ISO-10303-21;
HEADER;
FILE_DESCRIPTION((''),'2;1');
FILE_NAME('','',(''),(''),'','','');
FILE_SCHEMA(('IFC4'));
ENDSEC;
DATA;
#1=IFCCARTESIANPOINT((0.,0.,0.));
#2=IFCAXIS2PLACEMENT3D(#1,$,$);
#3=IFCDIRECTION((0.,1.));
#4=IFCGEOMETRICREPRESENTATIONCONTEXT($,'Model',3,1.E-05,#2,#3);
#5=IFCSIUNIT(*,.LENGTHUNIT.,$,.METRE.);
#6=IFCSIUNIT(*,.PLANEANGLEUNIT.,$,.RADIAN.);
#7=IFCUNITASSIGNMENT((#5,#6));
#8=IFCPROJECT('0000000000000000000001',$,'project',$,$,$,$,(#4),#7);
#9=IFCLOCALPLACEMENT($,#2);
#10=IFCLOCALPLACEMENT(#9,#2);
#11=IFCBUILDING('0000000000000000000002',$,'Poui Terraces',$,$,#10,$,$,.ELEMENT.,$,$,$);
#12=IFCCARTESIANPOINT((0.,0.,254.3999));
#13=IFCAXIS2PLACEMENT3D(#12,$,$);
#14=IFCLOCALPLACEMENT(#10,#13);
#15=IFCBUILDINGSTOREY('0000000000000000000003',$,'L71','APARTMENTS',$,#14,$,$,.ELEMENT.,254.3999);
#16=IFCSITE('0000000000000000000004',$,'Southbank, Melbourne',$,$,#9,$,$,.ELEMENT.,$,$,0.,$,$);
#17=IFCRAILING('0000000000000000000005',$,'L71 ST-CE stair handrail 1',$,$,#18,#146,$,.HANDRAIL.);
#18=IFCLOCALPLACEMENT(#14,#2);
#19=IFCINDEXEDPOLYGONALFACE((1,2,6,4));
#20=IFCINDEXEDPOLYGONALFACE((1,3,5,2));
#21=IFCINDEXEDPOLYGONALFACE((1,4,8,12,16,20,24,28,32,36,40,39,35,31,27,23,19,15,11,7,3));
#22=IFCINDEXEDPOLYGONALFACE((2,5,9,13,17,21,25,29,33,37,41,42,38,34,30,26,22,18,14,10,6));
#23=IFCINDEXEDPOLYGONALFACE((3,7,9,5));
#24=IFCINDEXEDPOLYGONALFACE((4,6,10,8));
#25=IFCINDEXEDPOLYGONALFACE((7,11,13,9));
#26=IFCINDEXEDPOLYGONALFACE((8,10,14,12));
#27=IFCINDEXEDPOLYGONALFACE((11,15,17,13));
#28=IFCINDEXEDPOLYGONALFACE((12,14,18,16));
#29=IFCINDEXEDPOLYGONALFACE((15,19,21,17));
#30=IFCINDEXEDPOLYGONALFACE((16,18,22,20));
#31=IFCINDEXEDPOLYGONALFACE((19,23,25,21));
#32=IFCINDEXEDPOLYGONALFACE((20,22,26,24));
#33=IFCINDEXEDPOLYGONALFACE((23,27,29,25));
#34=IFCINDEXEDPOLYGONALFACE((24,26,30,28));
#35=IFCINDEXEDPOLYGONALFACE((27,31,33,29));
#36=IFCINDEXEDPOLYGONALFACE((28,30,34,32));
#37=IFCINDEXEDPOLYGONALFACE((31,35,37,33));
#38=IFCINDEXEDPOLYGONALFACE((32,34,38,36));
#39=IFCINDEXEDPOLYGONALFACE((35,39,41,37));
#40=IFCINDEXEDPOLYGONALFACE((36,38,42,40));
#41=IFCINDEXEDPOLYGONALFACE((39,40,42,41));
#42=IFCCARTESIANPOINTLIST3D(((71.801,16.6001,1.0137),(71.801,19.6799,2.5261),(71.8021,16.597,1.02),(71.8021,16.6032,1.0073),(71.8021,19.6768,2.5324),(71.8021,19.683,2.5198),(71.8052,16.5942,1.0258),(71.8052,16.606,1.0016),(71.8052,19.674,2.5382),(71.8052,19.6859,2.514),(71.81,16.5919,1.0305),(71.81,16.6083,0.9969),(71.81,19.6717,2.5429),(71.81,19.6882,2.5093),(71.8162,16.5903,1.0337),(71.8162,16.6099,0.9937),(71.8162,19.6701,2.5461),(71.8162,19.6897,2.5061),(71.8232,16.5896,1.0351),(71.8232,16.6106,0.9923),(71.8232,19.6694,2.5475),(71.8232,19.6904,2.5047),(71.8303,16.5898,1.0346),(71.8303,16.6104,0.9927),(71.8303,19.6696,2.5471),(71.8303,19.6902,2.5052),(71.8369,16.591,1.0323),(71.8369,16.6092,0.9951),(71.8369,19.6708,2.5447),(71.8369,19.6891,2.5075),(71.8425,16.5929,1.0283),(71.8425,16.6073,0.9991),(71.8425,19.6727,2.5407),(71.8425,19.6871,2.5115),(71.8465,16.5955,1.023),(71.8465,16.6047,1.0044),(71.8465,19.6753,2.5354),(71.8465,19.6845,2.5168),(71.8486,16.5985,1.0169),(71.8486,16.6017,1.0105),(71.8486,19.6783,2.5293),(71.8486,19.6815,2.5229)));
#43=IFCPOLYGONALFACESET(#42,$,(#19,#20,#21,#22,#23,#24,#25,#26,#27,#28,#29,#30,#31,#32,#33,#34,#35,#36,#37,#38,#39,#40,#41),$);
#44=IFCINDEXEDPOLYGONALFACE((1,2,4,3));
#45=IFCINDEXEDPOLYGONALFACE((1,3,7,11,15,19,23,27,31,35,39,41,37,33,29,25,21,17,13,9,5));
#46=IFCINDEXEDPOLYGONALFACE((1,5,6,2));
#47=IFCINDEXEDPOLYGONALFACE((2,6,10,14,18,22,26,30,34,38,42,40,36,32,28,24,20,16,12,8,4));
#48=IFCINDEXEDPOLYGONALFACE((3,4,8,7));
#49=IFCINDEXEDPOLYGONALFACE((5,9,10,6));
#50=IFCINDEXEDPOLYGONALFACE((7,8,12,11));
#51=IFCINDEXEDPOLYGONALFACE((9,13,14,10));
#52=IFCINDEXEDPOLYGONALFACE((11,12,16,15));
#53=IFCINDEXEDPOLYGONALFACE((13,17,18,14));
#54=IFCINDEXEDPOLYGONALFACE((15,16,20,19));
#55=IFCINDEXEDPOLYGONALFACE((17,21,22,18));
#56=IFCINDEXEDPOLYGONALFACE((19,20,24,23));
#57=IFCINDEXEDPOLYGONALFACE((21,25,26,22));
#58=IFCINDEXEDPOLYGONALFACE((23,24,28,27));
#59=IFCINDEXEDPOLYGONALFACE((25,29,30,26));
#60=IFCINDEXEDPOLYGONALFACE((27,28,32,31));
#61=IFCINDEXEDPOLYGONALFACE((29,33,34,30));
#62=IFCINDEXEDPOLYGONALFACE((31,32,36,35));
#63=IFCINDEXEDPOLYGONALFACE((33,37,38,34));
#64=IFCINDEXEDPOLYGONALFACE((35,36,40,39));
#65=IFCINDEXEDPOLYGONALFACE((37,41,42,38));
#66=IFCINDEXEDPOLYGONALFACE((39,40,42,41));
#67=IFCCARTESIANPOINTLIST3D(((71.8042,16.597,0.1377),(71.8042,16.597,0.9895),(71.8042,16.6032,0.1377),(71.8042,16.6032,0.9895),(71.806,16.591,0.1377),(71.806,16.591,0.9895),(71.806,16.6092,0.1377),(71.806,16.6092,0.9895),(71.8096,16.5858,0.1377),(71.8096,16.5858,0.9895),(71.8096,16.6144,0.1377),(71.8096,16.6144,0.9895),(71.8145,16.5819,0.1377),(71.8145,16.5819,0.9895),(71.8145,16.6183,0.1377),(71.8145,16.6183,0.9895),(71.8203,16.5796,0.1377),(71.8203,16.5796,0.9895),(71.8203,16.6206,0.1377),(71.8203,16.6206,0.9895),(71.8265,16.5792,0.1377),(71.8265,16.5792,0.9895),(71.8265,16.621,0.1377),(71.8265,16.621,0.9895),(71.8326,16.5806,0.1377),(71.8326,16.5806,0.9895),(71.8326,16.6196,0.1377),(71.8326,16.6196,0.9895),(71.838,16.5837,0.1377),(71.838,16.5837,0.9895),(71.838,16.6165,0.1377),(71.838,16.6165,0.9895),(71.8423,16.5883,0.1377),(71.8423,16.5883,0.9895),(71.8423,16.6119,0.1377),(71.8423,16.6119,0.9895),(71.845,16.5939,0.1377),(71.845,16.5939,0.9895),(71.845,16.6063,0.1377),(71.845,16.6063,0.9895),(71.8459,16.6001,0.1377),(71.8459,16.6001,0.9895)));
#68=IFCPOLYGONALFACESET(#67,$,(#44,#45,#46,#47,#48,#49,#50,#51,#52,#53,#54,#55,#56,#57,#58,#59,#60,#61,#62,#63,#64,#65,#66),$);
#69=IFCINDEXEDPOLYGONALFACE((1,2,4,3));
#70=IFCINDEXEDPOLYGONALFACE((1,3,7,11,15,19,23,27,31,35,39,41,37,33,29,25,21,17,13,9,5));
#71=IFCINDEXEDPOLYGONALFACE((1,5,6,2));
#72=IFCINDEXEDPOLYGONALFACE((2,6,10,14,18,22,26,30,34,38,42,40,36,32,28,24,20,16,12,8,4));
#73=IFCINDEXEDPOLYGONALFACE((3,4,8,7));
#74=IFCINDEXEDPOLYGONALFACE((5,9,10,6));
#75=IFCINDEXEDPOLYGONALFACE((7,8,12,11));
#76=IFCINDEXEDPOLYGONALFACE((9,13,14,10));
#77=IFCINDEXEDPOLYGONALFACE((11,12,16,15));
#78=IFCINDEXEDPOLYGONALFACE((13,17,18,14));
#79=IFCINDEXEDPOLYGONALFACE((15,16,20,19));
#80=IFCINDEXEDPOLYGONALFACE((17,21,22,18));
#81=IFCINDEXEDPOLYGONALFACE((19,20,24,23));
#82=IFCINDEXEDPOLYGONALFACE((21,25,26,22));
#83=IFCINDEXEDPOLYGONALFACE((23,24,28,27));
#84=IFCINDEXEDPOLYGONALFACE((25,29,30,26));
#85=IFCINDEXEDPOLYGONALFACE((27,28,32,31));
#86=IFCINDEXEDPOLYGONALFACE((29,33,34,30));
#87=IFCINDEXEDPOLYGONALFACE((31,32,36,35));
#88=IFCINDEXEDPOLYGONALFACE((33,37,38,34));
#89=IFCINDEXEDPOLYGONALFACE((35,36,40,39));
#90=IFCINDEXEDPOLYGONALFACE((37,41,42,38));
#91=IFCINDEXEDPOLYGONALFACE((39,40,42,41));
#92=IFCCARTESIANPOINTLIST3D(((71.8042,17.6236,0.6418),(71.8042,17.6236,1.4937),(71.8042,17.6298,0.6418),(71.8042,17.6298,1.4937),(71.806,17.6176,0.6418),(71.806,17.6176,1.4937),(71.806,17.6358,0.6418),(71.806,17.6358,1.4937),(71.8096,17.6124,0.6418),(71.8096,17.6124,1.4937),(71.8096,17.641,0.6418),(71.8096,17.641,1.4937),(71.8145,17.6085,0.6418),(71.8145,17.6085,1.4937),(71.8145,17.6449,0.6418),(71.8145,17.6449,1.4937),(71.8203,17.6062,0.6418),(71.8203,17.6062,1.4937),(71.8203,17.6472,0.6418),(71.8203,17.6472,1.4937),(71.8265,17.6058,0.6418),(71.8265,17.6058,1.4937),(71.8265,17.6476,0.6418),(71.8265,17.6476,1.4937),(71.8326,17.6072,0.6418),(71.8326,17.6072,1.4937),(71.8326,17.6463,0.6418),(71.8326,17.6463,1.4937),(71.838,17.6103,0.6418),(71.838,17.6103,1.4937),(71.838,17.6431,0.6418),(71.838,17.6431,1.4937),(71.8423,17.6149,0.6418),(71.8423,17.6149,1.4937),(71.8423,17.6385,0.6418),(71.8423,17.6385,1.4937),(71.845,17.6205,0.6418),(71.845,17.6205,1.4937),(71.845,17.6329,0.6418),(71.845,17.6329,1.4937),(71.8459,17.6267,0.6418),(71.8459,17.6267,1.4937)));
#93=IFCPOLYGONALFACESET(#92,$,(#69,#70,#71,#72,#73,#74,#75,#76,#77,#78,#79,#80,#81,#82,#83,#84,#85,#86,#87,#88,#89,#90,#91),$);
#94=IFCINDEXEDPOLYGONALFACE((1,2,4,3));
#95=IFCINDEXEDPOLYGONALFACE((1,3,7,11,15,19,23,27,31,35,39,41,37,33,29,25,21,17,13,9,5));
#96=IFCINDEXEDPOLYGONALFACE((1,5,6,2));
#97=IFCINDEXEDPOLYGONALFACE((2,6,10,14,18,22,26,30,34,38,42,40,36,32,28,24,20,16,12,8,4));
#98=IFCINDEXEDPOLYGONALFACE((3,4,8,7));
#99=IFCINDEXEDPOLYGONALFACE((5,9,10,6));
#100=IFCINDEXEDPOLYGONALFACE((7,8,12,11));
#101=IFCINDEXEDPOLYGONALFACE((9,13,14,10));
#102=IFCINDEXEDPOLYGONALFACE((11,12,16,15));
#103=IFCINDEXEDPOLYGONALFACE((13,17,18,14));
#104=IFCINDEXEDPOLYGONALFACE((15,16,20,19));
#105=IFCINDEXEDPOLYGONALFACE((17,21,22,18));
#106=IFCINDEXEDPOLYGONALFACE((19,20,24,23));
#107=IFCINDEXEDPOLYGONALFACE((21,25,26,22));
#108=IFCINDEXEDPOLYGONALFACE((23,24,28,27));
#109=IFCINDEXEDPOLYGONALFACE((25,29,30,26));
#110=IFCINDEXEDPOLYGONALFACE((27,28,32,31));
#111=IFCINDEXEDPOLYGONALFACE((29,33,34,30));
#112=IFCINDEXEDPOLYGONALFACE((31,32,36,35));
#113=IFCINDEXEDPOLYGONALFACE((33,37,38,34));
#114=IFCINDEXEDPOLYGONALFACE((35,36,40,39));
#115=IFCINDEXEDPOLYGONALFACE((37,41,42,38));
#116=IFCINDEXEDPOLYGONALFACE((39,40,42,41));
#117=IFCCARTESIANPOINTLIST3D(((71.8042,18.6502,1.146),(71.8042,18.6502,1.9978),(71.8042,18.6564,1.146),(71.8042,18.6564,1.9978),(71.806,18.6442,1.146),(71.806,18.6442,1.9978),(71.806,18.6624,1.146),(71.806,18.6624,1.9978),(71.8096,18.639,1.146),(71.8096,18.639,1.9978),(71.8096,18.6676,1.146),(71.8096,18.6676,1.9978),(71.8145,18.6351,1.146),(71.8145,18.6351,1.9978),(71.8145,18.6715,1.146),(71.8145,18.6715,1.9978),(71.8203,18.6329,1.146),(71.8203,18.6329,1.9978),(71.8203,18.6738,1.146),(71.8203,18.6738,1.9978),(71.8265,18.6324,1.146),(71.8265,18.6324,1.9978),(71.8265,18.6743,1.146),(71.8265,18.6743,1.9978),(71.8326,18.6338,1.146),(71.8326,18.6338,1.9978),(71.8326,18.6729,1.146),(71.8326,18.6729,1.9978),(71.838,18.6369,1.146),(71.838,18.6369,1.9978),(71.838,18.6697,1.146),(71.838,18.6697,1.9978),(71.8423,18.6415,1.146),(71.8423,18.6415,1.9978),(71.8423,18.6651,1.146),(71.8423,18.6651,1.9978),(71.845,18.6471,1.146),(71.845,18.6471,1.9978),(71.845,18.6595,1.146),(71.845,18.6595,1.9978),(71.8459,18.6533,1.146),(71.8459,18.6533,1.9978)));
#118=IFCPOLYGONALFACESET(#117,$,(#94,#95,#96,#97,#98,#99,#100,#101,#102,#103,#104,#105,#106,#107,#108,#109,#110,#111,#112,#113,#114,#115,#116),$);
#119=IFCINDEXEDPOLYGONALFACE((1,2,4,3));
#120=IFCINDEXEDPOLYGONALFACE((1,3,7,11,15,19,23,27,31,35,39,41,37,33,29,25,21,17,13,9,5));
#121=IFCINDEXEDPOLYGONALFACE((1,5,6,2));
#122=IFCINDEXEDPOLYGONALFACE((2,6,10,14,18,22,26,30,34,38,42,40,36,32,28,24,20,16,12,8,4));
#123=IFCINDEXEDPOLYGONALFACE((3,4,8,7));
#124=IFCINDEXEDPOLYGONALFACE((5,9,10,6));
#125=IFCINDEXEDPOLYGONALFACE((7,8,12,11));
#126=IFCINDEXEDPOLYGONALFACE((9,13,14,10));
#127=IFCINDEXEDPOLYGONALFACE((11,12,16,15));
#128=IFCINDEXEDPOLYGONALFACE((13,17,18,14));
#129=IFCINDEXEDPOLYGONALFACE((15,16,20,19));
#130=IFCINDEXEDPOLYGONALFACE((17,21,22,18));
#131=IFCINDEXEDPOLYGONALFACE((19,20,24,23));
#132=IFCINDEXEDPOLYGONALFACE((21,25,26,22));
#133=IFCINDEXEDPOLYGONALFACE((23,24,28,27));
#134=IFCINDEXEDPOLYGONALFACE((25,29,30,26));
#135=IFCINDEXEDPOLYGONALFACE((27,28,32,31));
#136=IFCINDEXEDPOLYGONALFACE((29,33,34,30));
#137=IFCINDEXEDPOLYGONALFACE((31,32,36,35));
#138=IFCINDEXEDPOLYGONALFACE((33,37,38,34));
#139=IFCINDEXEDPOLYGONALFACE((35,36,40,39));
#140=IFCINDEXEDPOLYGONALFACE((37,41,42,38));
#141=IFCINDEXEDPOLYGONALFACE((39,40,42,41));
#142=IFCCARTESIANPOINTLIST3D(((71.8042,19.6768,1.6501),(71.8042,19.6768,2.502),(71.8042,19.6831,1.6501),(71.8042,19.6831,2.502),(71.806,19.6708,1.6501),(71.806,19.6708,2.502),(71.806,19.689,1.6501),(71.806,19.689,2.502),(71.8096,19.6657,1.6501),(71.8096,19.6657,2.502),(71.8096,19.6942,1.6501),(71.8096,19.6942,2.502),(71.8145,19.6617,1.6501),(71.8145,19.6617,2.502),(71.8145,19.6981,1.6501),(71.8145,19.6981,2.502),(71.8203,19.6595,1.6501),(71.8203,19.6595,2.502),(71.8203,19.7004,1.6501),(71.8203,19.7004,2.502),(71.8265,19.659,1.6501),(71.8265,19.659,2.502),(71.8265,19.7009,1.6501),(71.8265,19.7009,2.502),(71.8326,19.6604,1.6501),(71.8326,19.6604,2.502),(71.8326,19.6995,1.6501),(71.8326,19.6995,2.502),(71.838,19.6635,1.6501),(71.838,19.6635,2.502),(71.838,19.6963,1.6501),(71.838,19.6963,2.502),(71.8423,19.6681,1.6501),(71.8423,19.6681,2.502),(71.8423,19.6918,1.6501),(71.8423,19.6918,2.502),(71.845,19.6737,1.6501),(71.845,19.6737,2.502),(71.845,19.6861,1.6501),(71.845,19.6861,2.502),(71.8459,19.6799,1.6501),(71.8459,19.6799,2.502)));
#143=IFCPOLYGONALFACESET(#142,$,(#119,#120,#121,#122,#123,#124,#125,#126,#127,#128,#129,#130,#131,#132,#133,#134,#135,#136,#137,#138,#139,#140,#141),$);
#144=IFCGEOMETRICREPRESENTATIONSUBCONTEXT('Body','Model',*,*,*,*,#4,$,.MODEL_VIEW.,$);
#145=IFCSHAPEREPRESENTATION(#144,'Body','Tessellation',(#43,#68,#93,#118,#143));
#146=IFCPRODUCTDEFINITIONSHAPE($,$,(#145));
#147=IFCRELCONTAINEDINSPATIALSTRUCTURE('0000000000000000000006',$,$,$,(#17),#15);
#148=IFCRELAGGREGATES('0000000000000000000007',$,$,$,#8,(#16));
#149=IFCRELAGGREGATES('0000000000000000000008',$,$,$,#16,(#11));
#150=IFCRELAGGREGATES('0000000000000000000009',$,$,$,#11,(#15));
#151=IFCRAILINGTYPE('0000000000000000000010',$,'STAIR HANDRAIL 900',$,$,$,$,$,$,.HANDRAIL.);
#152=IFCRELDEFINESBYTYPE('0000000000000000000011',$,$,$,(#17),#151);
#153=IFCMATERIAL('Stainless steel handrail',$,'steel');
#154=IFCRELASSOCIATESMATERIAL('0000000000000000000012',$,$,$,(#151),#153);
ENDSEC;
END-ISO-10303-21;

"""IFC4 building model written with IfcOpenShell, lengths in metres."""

from ifc_helpers import new_model, si_unit, direction, frame, origin, origin_2d, place, context, subcontext, project, spatial, circle, extrude, material, type_object, element, save


model = new_model("IFC4")

# Units and contexts
model_context = context("Model", 3, precision=1e-05, world=origin(), true_north=direction((0.0, 1.0)))
body_context = subcontext(model_context, "Body", "Model", "MODEL_VIEW")
ifc_project = project(units=[si_unit("LENGTHUNIT", "METRE"), si_unit("PLANEANGLEUNIT", "RADIAN")], contexts=[model_context])

# Site, building, storey
site_placement = place(None, origin())
site = spatial("IfcSite", under=ifc_project, at=site_placement, Name="Southbank, Melbourne", CompositionType="ELEMENT", RefElevation=0.0)
building_placement = place(site_placement, origin())
building = spatial("IfcBuilding", under=site, at=building_placement, Name="Poui Terraces", CompositionType="ELEMENT")
storey_placement = place(building_placement, frame((0.0, 0.0, 254.3999)))
storey = spatial("IfcBuildingStorey", under=building, at=storey_placement, Name="L71", Description="APARTMENTS", CompositionType="ELEMENT", Elevation=254.3999)

# Railing
ifc_material_1 = material(Name="Stainless steel handrail", Category="steel")
railing_type_1 = type_object("IfcRailingType", Name="STAIR HANDRAIL 900", PredefinedType="HANDRAIL", material=ifc_material_1)
railing_1_placement = place(storey_placement, frame((71.825, 16.6001, 0.1377)))
element("IfcRailing", 1, at=railing_1_placement, inside=storey, type_object=railing_type_1, Name="L71 ST-CE stair handrail 1", PredefinedType="HANDRAIL", context=body_context, shape_type="SweptSolid", body=[
    extrude(circle(Radius=0.0239, at=origin_2d()), frame((0.0, 0.0, 0.876), z_axis=(0.0, 0.897606, 0.440798), x_axis=(-1.0, 0.0, 0.0)), (0.0, 0.0, 1.0), 3.4312),
    extrude(circle(Radius=0.021, at=origin_2d()), origin(), (0.0, 0.0, 1.0), 0.8518),
    extrude(circle(Radius=0.021, at=origin_2d()), frame((0.0, 1.0266, 0.5042)), (0.0, 0.0, 1.0), 0.8518),
    extrude(circle(Radius=0.021, at=origin_2d()), frame((0.0, 2.0532, 1.0083)), (0.0, 0.0, 1.0), 0.8518),
    extrude(circle(Radius=0.021, at=origin_2d()), frame((0.0, 3.0798, 1.5125)), (0.0, 0.0, 1.0), 0.8518),
])

save(model, "model.ifc")
